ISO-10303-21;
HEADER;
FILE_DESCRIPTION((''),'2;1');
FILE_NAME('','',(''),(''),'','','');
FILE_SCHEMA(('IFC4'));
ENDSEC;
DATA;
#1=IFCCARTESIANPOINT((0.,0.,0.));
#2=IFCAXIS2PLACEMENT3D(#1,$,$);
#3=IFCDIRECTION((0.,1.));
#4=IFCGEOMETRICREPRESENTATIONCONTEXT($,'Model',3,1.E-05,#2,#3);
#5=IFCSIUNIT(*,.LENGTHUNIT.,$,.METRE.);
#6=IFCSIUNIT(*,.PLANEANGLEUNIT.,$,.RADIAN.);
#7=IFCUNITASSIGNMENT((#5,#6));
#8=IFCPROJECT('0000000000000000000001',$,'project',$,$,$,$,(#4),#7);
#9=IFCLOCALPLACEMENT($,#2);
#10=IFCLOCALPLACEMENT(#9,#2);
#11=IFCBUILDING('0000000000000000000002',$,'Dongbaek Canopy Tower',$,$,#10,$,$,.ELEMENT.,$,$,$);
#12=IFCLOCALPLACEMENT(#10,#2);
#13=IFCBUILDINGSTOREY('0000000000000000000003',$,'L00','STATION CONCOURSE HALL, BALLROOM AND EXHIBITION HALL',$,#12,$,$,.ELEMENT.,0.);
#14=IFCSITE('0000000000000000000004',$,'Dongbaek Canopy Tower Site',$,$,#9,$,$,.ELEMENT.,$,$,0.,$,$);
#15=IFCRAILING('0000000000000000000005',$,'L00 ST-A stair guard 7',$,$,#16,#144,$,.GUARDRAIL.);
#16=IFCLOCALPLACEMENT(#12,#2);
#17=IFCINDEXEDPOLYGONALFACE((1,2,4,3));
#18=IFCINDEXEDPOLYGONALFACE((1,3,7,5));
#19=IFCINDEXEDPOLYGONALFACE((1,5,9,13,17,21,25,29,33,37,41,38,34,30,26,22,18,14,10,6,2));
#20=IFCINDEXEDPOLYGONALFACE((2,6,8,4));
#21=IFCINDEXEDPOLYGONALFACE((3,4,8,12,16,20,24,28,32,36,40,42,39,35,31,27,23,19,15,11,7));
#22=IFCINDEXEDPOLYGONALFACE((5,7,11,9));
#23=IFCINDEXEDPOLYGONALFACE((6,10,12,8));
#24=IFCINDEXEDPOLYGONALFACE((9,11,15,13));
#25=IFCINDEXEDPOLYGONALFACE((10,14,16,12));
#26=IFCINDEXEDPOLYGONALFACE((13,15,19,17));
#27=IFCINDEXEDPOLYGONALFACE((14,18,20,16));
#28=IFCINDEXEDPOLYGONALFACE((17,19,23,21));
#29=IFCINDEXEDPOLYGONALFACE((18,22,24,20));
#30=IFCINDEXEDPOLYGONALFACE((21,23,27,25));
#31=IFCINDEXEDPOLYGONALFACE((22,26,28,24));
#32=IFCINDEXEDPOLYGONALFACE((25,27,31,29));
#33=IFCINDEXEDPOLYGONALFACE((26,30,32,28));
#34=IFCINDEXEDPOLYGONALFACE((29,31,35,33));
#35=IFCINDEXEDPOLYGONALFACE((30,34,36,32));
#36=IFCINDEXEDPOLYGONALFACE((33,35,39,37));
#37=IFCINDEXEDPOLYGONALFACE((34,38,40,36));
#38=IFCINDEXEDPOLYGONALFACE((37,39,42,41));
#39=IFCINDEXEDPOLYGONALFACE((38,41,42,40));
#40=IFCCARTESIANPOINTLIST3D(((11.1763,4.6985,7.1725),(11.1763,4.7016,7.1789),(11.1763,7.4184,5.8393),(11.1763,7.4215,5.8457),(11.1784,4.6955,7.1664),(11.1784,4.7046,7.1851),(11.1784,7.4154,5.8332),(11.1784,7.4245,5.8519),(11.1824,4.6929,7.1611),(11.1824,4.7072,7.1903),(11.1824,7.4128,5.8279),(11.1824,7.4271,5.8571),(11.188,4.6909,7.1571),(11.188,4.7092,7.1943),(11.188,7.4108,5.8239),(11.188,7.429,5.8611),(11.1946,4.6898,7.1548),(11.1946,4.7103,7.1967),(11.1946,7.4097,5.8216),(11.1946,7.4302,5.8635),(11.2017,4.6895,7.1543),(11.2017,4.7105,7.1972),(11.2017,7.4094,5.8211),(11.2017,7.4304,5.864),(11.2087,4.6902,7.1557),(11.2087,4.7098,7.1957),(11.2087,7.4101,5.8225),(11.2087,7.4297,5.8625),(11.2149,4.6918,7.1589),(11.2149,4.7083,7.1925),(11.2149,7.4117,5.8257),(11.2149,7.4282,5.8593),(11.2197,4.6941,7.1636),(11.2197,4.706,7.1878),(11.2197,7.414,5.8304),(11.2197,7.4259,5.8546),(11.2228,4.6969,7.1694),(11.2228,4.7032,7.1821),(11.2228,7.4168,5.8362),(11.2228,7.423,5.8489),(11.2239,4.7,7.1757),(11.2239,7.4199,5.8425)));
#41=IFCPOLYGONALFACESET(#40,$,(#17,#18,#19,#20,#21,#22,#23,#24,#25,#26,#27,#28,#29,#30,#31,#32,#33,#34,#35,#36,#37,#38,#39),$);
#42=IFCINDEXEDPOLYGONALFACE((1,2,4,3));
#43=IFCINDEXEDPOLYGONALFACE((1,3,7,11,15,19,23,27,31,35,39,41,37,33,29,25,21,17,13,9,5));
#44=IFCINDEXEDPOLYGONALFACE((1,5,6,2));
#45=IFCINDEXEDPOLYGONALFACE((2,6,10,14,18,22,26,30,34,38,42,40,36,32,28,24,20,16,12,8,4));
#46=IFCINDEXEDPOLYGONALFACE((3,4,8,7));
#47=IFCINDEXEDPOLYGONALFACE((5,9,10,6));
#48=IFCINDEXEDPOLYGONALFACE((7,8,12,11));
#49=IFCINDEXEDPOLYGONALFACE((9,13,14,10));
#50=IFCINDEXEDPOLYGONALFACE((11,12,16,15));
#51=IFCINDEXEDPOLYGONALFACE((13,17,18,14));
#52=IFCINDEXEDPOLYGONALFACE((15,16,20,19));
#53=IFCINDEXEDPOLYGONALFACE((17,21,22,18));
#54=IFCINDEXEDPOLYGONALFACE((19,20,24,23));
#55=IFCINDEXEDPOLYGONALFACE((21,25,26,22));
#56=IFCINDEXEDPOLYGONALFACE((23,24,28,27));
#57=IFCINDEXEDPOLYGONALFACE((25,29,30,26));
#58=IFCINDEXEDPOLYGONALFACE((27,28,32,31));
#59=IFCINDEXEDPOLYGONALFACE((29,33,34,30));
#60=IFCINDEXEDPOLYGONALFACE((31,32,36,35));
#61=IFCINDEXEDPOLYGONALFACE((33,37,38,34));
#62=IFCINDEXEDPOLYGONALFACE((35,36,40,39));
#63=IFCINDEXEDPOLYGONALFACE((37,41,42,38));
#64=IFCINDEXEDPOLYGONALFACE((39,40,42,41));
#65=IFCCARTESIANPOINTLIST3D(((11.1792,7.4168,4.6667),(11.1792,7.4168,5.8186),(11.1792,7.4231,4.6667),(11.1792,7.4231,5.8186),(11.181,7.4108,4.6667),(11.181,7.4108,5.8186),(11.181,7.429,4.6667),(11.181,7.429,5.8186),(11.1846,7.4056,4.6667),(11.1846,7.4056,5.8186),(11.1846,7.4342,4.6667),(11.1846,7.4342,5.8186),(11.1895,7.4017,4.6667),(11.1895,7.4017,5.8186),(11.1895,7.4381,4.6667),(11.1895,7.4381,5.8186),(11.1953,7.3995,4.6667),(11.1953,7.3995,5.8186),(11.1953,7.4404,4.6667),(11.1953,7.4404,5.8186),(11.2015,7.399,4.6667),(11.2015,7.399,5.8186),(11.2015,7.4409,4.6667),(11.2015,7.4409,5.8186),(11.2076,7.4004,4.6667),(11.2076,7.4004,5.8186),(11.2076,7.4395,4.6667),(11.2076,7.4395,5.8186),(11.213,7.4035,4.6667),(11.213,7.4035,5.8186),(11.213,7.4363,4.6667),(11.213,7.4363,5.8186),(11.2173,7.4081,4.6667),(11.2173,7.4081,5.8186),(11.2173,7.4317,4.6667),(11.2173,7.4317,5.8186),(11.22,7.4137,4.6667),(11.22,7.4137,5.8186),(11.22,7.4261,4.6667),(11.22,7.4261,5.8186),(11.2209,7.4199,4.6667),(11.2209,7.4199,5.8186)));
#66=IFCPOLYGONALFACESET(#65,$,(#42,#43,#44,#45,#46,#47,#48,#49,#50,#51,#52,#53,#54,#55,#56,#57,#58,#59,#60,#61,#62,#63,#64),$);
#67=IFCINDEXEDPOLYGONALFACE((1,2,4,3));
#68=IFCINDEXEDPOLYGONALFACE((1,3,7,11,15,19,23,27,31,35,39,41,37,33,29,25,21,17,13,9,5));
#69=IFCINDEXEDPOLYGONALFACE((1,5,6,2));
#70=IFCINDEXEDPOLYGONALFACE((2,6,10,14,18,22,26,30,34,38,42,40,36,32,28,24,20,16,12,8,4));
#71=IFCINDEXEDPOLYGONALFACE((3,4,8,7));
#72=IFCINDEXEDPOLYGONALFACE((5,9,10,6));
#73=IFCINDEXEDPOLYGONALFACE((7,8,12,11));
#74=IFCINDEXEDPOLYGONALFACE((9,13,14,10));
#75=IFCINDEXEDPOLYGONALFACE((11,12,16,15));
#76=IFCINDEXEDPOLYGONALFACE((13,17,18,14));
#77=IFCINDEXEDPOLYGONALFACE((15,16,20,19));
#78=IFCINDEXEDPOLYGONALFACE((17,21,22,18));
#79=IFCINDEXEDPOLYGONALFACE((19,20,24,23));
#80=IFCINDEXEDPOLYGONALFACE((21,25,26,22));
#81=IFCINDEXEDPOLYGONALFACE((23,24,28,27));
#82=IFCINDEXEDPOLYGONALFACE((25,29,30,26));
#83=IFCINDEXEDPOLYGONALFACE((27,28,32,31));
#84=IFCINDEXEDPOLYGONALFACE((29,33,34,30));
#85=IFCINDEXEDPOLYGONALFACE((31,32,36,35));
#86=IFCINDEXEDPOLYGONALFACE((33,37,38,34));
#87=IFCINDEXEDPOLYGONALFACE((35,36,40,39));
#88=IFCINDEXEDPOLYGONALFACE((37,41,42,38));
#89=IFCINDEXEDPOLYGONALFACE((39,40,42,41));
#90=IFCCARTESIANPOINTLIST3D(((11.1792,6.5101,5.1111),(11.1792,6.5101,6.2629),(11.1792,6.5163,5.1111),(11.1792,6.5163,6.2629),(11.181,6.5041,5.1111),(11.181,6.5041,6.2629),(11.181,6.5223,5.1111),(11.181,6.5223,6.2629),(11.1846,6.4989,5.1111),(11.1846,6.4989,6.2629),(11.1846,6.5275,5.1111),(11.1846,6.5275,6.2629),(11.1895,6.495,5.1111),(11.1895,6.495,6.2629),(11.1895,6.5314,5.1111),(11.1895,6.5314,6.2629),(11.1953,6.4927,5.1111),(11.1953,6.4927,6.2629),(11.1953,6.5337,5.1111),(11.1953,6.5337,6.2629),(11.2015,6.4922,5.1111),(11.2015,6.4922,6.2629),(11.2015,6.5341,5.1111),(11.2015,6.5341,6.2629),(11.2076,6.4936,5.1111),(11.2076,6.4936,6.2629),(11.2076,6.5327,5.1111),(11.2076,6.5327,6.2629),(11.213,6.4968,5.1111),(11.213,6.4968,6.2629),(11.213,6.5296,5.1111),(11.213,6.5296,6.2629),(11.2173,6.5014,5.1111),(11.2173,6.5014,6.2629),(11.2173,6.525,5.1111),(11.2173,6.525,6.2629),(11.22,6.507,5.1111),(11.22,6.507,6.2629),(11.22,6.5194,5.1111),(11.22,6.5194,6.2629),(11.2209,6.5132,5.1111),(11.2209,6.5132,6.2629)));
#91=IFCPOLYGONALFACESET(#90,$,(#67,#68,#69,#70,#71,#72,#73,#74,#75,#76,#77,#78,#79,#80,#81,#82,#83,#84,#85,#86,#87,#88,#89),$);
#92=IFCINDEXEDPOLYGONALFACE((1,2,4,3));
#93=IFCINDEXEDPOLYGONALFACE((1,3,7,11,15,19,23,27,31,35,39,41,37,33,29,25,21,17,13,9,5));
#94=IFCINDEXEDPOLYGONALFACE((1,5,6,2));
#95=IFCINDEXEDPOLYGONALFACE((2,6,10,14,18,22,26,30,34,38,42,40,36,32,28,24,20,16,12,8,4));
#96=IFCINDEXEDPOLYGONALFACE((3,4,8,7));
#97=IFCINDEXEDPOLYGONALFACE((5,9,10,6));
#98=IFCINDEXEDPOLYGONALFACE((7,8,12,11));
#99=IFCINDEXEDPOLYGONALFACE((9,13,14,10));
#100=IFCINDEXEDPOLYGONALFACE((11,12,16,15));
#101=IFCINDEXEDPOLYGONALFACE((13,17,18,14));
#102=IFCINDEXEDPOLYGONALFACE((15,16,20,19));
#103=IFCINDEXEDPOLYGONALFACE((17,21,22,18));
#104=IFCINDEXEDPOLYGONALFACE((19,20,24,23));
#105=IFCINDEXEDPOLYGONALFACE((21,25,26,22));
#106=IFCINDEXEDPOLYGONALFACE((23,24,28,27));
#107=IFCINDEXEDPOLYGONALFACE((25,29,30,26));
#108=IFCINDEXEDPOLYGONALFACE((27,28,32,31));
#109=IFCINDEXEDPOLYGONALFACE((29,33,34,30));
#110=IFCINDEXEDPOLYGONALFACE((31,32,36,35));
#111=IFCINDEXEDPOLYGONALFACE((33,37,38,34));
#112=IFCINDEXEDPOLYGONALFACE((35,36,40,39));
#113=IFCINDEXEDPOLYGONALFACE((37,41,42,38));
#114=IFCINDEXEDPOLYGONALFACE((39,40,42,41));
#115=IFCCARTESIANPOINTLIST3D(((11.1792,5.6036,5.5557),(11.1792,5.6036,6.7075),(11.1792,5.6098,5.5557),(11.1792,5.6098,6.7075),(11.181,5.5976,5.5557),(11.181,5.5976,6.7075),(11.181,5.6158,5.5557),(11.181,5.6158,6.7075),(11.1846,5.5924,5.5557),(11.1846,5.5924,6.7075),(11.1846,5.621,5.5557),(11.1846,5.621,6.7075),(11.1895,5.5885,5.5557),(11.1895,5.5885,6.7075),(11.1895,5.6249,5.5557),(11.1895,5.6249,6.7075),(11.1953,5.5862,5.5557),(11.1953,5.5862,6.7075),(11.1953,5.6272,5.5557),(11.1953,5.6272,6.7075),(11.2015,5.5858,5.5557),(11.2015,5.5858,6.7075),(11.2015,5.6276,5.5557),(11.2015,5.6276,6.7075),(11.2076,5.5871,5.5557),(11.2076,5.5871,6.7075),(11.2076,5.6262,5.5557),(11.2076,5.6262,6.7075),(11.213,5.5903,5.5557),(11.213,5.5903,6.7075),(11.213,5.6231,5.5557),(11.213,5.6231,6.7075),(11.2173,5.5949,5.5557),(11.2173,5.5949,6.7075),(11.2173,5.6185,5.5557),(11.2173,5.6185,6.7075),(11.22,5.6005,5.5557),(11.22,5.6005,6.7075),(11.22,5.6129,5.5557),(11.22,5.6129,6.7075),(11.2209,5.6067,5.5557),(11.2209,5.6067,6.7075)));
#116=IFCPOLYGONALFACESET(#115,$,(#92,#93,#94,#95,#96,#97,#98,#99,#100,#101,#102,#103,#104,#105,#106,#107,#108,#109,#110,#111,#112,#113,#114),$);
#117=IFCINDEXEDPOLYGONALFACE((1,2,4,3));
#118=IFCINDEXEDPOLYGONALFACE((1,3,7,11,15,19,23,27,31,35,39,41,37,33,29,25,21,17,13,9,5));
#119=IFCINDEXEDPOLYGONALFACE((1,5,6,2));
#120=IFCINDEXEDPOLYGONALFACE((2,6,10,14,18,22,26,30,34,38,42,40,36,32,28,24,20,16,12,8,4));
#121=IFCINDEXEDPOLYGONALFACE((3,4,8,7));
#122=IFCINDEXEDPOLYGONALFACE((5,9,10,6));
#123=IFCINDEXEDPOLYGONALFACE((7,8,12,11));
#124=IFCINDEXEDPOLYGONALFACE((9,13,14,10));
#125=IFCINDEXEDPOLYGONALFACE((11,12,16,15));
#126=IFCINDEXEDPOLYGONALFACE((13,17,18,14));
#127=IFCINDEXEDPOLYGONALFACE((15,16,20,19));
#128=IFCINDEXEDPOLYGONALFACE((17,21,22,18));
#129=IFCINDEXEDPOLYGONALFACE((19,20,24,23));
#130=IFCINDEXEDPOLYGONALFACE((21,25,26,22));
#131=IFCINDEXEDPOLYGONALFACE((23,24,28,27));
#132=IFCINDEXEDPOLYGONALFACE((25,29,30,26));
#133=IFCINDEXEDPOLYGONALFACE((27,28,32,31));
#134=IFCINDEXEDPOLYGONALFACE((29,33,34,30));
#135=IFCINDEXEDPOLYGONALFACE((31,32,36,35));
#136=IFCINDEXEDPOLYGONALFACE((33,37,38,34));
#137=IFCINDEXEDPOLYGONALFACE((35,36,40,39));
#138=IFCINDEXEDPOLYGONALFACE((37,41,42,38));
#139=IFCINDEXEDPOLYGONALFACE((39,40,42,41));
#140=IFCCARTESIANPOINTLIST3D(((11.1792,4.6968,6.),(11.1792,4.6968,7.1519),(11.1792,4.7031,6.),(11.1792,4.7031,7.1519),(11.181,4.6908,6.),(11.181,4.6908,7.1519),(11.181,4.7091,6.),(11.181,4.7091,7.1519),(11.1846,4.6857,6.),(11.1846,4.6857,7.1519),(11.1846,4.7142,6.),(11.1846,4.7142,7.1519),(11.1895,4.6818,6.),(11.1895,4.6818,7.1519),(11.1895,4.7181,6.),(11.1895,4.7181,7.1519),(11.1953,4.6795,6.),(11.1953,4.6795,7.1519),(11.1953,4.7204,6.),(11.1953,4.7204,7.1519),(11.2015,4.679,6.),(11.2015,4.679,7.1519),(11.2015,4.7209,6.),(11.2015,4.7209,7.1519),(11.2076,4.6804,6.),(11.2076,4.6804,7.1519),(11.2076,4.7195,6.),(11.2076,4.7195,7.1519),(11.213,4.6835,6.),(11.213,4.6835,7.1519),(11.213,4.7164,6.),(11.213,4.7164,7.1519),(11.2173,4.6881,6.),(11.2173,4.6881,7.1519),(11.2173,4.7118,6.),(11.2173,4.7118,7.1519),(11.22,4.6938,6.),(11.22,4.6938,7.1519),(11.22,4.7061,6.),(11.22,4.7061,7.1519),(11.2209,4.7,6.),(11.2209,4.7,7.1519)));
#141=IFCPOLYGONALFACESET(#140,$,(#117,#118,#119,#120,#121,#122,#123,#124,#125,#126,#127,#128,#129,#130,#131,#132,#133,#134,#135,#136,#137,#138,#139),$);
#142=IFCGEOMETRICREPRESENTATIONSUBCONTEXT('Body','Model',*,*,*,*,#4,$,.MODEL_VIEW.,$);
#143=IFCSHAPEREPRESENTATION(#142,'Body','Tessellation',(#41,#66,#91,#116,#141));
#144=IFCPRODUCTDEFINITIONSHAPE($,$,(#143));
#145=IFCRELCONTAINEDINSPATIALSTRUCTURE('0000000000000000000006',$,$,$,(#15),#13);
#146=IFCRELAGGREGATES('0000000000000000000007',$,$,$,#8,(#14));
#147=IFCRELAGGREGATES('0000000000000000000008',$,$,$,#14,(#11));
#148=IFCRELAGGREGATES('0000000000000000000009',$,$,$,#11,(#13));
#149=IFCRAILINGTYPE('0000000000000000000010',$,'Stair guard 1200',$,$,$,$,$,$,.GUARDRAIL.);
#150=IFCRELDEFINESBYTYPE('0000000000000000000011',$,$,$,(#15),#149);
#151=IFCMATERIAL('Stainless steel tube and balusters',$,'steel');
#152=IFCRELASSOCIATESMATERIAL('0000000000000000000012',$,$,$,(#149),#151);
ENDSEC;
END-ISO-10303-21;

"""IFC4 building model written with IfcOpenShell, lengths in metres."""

from ifc_helpers import new_model, si_unit, direction, frame, origin, origin_2d, place, context, subcontext, project, spatial, circle, extrude, material, type_object, element, save


model = new_model("IFC4")

# Units and contexts
model_context = context("Model", 3, precision=1e-05, world=origin(), true_north=direction((0.0, 1.0)))
body_context = subcontext(model_context, "Body", "Model", "MODEL_VIEW")
ifc_project = project(units=[si_unit("LENGTHUNIT", "METRE"), si_unit("PLANEANGLEUNIT", "RADIAN")], contexts=[model_context])

# Site, building, storey
site_placement = place(None, origin())
site = spatial("IfcSite", under=ifc_project, at=site_placement, Name="Dongbaek Canopy Tower Site", CompositionType="ELEMENT", RefElevation=0.0)
building_placement = place(site_placement, origin())
building = spatial("IfcBuilding", under=site, at=building_placement, Name="Dongbaek Canopy Tower", CompositionType="ELEMENT")
storey_placement = place(building_placement, origin())
storey = spatial("IfcBuildingStorey", under=building, at=storey_placement, Name="L00", Description="STATION CONCOURSE HALL, BALLROOM AND EXHIBITION HALL", CompositionType="ELEMENT", Elevation=0.0)

# Railing
ifc_material_1 = material(Name="Stainless steel tube and balusters", Category="steel")
railing_type_1 = type_object("IfcRailingType", Name="Stair guard 1200", PredefinedType="GUARDRAIL", material=ifc_material_1)
railing_1_placement = place(storey_placement, frame((11.2, 7.4199, 4.6667)))
element("IfcRailing", 1, at=railing_1_placement, inside=storey, type_object=railing_type_1, Name="L00 ST-A stair guard 7", PredefinedType="GUARDRAIL", context=body_context, shape_type="SweptSolid", body=[
    extrude(circle(Radius=0.0239, at=origin_2d()), frame((0.0, 0.0, 1.1758), z_axis=(0.0, -0.897929, 0.440139), x_axis=(1.0, 0.0, 0.0)), (0.0, 0.0, 1.0), 3.0291),
    extrude(circle(Radius=0.021, at=origin_2d()), origin(), (0.0, 0.0, 1.0), 1.1519),
    extrude(circle(Radius=0.021, at=origin_2d()), frame((0.0, -0.9067, 0.4443)), (0.0, 0.0, 1.0), 1.1519),
    extrude(circle(Radius=0.021, at=origin_2d()), frame((0.0, -1.8132, 0.8889)), (0.0, 0.0, 1.0), 1.1519),
    extrude(circle(Radius=0.021, at=origin_2d()), frame((0.0, -2.72, 1.3333)), (0.0, 0.0, 1.0), 1.1519),
])

save(model, "model.ifc")
